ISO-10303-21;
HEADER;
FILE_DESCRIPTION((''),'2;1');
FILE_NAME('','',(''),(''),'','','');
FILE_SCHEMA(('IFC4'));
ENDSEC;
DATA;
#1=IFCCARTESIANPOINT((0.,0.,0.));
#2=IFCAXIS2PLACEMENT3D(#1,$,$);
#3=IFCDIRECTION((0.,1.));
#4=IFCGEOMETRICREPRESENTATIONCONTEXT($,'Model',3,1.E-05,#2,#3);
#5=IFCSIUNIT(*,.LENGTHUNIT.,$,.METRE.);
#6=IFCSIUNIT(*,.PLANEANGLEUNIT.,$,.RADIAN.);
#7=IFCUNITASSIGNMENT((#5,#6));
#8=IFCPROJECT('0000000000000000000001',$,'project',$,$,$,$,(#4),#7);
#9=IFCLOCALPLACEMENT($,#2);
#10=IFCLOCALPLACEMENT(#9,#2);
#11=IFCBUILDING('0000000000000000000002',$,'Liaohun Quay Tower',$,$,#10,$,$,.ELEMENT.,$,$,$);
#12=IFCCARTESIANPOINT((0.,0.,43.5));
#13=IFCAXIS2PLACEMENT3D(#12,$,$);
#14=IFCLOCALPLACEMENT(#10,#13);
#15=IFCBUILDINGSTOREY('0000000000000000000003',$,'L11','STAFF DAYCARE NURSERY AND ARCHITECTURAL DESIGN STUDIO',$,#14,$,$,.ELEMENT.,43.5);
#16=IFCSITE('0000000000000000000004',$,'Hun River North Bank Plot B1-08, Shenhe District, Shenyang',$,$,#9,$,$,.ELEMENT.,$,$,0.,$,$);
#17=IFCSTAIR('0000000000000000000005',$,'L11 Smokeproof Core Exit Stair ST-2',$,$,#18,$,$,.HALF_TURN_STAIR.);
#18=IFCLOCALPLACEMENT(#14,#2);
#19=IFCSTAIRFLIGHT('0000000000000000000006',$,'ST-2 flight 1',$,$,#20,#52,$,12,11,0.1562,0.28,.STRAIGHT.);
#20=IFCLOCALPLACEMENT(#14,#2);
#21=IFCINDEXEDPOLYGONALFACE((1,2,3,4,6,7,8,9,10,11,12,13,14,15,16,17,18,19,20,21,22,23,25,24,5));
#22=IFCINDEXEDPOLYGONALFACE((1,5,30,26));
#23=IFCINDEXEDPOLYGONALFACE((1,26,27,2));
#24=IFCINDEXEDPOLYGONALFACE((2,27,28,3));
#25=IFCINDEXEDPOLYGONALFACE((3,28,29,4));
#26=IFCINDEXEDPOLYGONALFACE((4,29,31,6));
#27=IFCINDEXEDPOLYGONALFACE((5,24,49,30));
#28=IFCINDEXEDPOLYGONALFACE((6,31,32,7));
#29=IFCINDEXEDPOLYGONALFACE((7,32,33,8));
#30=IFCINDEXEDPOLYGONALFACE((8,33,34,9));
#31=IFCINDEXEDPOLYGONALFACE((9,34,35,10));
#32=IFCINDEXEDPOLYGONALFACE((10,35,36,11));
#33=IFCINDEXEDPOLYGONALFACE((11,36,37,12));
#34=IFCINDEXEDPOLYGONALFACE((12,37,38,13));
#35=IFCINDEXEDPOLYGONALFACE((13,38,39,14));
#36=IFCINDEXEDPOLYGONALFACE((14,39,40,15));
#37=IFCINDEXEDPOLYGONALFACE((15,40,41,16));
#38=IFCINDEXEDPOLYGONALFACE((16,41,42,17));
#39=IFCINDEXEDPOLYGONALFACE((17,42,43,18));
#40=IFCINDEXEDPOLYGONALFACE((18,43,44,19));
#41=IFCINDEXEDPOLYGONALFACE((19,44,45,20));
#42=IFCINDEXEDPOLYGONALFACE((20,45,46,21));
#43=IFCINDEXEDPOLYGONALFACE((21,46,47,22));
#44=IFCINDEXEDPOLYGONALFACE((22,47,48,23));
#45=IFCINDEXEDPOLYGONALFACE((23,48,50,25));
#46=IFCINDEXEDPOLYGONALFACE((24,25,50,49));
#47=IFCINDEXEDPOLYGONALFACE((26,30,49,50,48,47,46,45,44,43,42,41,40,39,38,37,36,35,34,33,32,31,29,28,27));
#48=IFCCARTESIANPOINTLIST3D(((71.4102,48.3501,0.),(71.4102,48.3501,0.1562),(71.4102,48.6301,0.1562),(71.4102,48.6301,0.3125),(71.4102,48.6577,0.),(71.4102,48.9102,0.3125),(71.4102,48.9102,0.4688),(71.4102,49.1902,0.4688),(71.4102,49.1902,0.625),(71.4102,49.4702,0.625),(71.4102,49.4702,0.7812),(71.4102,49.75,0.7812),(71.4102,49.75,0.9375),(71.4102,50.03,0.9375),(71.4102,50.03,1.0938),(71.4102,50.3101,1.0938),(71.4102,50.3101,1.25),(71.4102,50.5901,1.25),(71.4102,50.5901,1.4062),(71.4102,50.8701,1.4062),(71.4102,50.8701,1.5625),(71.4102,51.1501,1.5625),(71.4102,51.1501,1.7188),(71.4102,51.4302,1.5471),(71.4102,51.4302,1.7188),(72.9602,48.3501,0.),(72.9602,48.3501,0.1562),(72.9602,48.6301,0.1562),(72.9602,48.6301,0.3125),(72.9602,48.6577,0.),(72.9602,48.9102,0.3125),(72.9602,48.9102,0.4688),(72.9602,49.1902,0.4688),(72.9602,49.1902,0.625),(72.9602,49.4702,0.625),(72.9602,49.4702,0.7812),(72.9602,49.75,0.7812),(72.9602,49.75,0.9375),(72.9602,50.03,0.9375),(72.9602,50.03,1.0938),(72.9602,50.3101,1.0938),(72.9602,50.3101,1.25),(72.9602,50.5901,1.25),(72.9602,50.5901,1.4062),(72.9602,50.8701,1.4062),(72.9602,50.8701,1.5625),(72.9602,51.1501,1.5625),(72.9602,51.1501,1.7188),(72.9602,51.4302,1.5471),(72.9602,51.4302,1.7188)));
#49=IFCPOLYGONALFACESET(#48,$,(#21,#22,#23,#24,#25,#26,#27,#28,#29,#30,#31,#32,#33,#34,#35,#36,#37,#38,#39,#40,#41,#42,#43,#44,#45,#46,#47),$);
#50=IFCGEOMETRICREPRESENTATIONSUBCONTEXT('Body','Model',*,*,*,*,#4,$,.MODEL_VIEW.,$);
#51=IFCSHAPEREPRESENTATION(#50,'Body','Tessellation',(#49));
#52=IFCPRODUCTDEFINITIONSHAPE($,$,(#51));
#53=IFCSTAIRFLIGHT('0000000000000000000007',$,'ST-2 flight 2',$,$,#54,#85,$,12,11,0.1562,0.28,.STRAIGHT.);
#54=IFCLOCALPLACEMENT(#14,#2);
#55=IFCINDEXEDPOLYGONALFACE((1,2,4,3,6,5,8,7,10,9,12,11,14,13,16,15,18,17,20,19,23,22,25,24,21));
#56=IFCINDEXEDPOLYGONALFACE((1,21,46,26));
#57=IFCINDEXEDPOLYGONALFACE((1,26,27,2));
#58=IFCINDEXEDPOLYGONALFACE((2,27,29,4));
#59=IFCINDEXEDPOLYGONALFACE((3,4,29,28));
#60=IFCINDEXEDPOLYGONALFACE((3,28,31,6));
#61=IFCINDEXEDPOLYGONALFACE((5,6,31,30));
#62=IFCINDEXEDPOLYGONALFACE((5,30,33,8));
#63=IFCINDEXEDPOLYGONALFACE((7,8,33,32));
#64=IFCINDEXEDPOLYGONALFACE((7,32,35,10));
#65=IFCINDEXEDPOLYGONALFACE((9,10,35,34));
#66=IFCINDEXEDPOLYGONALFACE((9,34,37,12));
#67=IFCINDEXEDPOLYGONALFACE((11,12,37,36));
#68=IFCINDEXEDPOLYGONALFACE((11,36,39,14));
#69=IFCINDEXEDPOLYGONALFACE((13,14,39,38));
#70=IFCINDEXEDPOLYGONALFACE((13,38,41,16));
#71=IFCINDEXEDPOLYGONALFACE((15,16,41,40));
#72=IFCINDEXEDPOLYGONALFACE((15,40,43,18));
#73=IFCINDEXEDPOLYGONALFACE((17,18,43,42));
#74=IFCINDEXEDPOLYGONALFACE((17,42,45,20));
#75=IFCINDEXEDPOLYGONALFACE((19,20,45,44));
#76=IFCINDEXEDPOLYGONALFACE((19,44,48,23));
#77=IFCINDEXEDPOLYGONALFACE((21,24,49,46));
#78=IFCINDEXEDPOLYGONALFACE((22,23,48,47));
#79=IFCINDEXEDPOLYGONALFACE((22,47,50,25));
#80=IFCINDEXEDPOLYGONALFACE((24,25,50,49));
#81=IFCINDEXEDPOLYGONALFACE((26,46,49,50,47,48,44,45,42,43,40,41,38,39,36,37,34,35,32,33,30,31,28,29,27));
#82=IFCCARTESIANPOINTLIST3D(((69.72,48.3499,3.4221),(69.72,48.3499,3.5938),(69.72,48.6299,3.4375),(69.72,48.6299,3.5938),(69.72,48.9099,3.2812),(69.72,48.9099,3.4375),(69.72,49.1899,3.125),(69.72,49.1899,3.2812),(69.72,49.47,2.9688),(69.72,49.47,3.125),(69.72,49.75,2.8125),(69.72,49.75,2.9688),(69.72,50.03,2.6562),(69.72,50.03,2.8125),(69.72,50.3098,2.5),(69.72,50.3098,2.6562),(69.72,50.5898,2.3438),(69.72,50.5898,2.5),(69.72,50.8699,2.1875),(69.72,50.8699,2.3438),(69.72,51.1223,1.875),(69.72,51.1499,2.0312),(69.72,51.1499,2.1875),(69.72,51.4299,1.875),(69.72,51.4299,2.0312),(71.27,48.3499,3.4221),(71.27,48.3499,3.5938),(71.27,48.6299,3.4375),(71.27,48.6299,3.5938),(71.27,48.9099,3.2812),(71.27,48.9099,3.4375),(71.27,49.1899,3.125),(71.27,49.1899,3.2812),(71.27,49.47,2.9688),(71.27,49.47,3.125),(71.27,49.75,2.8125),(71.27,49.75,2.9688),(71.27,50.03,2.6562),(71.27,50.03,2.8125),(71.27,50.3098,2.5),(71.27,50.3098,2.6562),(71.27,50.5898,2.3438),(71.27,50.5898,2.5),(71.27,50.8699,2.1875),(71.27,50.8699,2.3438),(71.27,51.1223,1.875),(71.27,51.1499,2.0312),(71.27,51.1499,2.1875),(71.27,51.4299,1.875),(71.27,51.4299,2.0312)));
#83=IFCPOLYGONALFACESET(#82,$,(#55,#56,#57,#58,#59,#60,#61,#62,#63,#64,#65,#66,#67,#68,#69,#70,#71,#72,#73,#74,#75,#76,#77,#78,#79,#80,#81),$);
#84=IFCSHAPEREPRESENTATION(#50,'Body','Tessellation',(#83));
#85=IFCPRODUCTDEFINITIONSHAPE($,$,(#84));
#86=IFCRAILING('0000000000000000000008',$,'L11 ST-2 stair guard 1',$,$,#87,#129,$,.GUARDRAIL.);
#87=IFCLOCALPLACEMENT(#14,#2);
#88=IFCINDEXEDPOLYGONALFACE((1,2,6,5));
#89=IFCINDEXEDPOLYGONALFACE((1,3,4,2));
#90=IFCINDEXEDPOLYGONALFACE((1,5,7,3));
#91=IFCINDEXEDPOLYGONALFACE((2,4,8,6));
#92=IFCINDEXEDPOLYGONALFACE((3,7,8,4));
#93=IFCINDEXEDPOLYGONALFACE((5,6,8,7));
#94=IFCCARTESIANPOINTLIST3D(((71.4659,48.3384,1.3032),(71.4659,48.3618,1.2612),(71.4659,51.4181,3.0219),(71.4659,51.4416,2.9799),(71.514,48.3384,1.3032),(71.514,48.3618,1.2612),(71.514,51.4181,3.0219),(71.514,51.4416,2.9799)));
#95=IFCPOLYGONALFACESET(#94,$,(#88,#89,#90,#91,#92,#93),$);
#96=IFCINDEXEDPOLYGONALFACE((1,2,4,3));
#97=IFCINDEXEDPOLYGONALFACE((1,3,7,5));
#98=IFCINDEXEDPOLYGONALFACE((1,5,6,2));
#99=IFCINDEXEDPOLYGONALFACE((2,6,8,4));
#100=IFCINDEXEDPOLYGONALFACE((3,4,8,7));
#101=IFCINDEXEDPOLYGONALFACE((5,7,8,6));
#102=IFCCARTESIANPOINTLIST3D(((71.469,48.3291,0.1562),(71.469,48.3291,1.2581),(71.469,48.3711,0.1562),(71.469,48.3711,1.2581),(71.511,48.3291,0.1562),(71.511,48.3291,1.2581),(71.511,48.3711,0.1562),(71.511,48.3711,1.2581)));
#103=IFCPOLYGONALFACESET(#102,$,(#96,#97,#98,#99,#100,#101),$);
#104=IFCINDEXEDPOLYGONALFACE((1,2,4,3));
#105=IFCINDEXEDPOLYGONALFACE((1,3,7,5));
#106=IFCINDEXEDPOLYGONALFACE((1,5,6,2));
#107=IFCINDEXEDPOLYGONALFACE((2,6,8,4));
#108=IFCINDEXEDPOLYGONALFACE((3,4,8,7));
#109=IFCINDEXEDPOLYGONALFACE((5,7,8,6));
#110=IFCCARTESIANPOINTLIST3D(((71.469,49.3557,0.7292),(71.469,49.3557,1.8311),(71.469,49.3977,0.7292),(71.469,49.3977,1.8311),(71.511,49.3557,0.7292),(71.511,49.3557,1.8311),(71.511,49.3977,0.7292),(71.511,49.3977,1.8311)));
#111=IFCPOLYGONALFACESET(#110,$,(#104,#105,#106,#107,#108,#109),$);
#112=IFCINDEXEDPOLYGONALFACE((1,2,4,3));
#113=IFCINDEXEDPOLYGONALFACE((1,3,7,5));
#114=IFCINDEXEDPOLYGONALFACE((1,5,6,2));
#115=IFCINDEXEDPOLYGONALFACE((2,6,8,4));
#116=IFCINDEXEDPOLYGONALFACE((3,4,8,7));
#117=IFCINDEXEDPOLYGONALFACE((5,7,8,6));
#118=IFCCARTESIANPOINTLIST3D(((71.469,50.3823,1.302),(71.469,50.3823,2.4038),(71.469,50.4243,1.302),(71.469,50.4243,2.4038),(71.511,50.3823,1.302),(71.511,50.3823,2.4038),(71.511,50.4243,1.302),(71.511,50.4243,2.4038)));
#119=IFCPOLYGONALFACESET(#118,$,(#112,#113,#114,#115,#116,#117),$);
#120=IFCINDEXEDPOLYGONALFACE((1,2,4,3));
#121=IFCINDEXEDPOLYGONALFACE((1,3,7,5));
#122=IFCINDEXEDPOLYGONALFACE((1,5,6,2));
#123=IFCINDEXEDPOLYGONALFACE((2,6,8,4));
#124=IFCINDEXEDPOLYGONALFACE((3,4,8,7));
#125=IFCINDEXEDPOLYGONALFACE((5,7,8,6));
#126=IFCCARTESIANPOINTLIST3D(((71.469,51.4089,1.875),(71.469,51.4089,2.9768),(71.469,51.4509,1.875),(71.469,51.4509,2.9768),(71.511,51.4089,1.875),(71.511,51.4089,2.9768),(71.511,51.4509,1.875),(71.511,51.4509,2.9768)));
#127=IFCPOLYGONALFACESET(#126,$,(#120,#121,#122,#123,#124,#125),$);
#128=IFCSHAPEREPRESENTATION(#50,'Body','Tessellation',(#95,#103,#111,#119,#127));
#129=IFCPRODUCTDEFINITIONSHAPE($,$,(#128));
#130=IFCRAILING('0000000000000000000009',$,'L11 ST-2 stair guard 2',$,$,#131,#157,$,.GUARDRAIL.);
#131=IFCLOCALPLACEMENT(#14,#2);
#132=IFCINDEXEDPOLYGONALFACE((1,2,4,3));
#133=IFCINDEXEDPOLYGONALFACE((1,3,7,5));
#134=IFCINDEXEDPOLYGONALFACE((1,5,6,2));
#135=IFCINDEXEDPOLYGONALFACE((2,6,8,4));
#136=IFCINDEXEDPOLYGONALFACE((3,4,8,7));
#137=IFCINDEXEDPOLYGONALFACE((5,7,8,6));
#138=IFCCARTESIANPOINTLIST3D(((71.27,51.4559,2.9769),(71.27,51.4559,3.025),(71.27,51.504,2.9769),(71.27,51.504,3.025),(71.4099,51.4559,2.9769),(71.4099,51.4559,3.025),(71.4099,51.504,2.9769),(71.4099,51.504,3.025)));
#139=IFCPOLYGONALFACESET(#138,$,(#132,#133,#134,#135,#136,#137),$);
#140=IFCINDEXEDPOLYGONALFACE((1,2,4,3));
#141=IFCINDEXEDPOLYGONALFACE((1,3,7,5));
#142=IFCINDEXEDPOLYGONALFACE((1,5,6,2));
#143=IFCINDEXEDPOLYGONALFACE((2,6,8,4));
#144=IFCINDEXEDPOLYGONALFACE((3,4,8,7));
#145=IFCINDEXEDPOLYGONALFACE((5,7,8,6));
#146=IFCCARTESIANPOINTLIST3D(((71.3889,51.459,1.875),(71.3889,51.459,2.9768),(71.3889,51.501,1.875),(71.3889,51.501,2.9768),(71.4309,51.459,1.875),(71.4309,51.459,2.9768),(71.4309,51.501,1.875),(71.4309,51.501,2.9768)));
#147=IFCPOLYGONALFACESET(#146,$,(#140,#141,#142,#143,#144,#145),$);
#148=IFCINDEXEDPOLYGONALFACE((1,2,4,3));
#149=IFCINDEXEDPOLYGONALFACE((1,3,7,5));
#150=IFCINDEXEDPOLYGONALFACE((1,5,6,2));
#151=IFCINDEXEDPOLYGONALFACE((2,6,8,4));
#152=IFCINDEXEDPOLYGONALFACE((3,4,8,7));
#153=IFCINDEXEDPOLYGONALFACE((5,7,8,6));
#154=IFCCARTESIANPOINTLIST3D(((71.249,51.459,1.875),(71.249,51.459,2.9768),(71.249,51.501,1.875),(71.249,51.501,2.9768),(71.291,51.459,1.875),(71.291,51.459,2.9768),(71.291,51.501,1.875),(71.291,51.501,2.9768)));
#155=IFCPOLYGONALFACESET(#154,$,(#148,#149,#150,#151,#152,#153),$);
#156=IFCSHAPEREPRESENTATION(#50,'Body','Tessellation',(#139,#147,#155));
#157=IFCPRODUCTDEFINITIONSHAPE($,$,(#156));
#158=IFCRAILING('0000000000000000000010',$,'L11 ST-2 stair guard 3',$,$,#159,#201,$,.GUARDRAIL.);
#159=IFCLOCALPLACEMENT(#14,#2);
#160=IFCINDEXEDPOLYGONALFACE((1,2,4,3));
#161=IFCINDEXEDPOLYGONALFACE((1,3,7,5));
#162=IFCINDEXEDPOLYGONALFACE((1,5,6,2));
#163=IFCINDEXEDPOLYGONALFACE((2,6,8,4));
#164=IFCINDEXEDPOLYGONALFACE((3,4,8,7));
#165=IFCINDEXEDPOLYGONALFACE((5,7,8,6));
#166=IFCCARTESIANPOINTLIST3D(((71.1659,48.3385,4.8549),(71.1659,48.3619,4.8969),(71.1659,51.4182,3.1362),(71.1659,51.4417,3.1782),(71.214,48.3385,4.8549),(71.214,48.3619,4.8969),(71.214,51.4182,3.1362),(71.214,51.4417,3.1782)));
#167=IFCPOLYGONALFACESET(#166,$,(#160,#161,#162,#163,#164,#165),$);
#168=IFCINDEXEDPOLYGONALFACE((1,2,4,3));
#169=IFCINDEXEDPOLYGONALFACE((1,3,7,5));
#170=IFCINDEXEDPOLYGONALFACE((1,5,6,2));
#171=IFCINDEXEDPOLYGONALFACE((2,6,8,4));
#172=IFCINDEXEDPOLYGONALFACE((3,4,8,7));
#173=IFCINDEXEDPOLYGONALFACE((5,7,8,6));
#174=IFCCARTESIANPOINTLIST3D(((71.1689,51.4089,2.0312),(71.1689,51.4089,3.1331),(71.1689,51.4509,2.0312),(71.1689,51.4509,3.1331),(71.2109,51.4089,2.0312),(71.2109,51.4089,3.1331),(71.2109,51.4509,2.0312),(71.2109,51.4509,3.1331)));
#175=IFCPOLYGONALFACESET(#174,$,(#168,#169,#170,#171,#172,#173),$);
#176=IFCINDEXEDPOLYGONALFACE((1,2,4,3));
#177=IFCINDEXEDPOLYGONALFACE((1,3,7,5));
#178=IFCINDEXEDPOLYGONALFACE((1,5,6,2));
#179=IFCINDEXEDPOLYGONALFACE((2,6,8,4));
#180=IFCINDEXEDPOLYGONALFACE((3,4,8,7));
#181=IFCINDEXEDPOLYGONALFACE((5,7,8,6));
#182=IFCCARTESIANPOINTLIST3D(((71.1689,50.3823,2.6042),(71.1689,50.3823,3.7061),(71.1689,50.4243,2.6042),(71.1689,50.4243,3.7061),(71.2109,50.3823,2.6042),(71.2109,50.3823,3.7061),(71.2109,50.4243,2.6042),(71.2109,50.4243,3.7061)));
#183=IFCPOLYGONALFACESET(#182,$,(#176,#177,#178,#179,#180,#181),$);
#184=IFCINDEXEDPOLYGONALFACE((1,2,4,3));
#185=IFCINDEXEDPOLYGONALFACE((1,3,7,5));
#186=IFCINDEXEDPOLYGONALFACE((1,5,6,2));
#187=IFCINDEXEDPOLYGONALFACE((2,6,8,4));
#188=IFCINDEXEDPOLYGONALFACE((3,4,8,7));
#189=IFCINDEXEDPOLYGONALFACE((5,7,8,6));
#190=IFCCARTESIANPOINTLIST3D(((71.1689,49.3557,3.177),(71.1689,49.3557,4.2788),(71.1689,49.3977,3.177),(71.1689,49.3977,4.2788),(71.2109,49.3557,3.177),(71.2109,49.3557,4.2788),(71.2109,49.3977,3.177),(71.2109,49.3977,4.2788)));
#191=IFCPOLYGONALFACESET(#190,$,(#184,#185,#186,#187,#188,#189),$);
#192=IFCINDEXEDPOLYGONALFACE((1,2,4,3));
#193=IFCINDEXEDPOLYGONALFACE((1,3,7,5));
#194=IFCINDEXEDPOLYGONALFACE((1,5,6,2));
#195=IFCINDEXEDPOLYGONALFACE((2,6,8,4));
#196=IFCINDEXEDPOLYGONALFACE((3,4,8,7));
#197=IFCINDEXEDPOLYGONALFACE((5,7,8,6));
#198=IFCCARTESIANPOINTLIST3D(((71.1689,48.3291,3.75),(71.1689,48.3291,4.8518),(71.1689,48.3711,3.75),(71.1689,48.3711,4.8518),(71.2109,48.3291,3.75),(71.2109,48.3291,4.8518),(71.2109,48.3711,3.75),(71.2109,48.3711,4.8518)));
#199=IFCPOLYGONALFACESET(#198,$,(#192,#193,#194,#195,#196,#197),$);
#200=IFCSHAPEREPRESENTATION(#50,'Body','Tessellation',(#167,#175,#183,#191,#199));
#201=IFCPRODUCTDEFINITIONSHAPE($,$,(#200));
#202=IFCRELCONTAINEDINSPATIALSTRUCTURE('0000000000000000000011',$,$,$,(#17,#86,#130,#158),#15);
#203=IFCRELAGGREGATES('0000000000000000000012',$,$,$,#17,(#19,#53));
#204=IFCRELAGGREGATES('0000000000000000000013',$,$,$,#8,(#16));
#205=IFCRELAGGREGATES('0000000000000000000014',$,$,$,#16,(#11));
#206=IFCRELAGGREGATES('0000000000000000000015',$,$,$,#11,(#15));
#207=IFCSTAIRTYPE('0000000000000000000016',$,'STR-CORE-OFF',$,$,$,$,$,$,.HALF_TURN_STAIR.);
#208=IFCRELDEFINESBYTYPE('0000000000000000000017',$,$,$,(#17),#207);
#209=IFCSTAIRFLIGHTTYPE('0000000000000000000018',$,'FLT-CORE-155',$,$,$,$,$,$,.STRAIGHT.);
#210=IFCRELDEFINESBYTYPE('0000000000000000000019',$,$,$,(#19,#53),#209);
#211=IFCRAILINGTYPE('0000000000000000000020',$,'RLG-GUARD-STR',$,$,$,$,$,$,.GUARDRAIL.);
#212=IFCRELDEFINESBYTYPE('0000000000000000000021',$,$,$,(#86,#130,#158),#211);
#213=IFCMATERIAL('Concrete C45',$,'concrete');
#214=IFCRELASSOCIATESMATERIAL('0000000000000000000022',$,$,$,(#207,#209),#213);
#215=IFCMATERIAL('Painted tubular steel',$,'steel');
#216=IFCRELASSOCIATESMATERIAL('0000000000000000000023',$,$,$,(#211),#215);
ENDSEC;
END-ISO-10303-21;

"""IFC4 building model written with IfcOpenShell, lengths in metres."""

from ifc_helpers import new_model, si_unit, direction, frame, origin, origin_2d, place, context, subcontext, project, spatial, polyline, rectangle, outline, extrude, material, type_object, element, aggregate, save


model = new_model("IFC4")

# Units and contexts
model_context = context("Model", 3, precision=1e-05, world=origin(), true_north=direction((0.0, 1.0)))
body_context = subcontext(model_context, "Body", "Model", "MODEL_VIEW")
ifc_project = project(units=[si_unit("LENGTHUNIT", "METRE"), si_unit("PLANEANGLEUNIT", "RADIAN")], contexts=[model_context])

# Site, building, storey
site_placement = place(None, origin())
site = spatial("IfcSite", under=ifc_project, at=site_placement, Name="Hun River North Bank Plot B1-08, Shenhe District, Shenyang", CompositionType="ELEMENT", RefElevation=0.0)
building_placement = place(site_placement, origin())
building = spatial("IfcBuilding", under=site, at=building_placement, Name="Liaohun Quay Tower", CompositionType="ELEMENT")
storey_placement = place(building_placement, frame((0.0, 0.0, 43.5)))
storey = spatial("IfcBuildingStorey", under=building, at=storey_placement, Name="L11", Description="STAFF DAYCARE NURSERY AND ARCHITECTURAL DESIGN STUDIO", CompositionType="ELEMENT", Elevation=43.5)

# Stair, stair flights
ifc_material_1 = material(Name="Concrete C45", Category="concrete")
stair_type = type_object("IfcStairType", Name="STR-CORE-OFF", PredefinedType="HALF_TURN_STAIR", material=ifc_material_1)
stair_placement = place(storey_placement, origin())
stair = element("IfcStair", 1, at=stair_placement, inside=storey, type_object=stair_type, Name="L11 Smokeproof Core Exit Stair ST-2", PredefinedType="HALF_TURN_STAIR")
stair_flight_type = type_object("IfcStairFlightType", Name="FLT-CORE-155", PredefinedType="STRAIGHT", material=ifc_material_1)
stair_flight_1_placement = place(storey_placement, frame((72.1851, 48.3501, 0.0), z_axis=(0.0, 0.0, 1.0), x_axis=(0.0, 1.0, 0.0)))
stair_flight_1 = element("IfcStairFlight", 2, at=stair_flight_1_placement, type_object=stair_flight_type, Name="ST-2 flight 1", NumberOfRisers=12, NumberOfTreads=11, PredefinedType="STRAIGHT", RiserHeight=0.1562, TreadLength=0.28, context=body_context, shape_type="SweptSolid", body=[
    extrude(outline(polyline([(0.0, 0.0), (0.0, 0.1562), (0.28, 0.1562), (0.28, 0.3125), (0.5601, 0.3125), (0.5601, 0.4688), (0.8401, 0.4688), (0.8401, 0.625), (1.1201, 0.625), (1.1201, 0.7812), (1.3999, 0.7812), (1.3999, 0.9375), (1.6799, 0.9375), (1.6799, 1.0938), (1.96, 1.0938), (1.96, 1.25), (2.24, 1.25), (2.24, 1.4062), (2.52, 1.4062), (2.52, 1.5625), (2.8, 1.5625), (2.8, 1.7188), (3.0801, 1.7188), (3.0801, 1.875), (3.0801, 1.5471), (0.3076, 0.0), (0.0, 0.0)])), frame((0.0, 0.7749, 0.0), z_axis=(0.0, -1.0, 0.0), x_axis=(1.0, 0.0, 0.0)), (0.0, 0.0, 1.0), 1.55),
])
stair_flight_2_placement = place(storey_placement, frame((70.4951, 51.4299, 1.875), z_axis=(0.0, 0.0, 1.0), x_axis=(0.0, -1.0, 0.0)))
stair_flight_2 = element("IfcStairFlight", 3, at=stair_flight_2_placement, type_object=stair_flight_type, Name="ST-2 flight 2", NumberOfRisers=12, NumberOfTreads=11, PredefinedType="STRAIGHT", RiserHeight=0.1562, TreadLength=0.28, context=body_context, shape_type="SweptSolid", body=[
    extrude(outline(polyline([(0.0, 0.0), (0.0, 0.1562), (0.28, 0.1562), (0.28, 0.3125), (0.5601, 0.3125), (0.5601, 0.4688), (0.8401, 0.4688), (0.8401, 0.625), (1.1201, 0.625), (1.1201, 0.7812), (1.3999, 0.7812), (1.3999, 0.9375), (1.6799, 0.9375), (1.6799, 1.0938), (1.96, 1.0938), (1.96, 1.25), (2.24, 1.25), (2.24, 1.4062), (2.52, 1.4062), (2.52, 1.5625), (2.8, 1.5625), (2.8, 1.7188), (3.0801, 1.7188), (3.0801, 1.875), (3.0801, 1.5471), (0.3076, 0.0), (0.0, 0.0)])), frame((0.0, 0.7749, 0.0), z_axis=(0.0, -1.0, 0.0), x_axis=(1.0, 0.0, 0.0)), (0.0, 0.0, 1.0), 1.55),
])
aggregate(stair, [stair_flight_1, stair_flight_2])

# Railings
ifc_material_2 = material(Name="Painted tubular steel", Category="steel")
railing_type_1 = type_object("IfcRailingType", Name="RLG-GUARD-STR", PredefinedType="GUARDRAIL", material=ifc_material_2)
railing_1_placement = place(storey_placement, frame((71.49, 48.3501, 0.1562)))
element("IfcRailing", 4, at=railing_1_placement, inside=storey, type_object=railing_type_1, Name="L11 ST-2 stair guard 1", PredefinedType="GUARDRAIL", context=body_context, shape_type="SweptSolid", body=[
    extrude(rectangle(XDim=0.0481, YDim=0.0481, at=origin_2d()), frame((0.0, 0.0, 1.126), z_axis=(0.0, 0.873225, 0.487317), x_axis=(-1.0, 0.0, 0.0)), (0.0, 0.0, 1.0), 3.5269),
    extrude(rectangle(XDim=0.042, YDim=0.042, at=origin_2d()), origin(), (0.0, 0.0, 1.0), 1.1018),
    extrude(rectangle(XDim=0.042, YDim=0.042, at=origin_2d()), frame((0.0, 1.0266, 0.573)), (0.0, 0.0, 1.0), 1.1018),
    extrude(rectangle(XDim=0.042, YDim=0.042, at=origin_2d()), frame((0.0, 2.0532, 1.1458)), (0.0, 0.0, 1.0), 1.1018),
    extrude(rectangle(XDim=0.042, YDim=0.042, at=origin_2d()), frame((0.0, 3.0798, 1.7188)), (0.0, 0.0, 1.0), 1.1018),
])
railing_2_placement = place(storey_placement, frame((71.4099, 51.48, 1.875)))
element("IfcRailing", 5, at=railing_2_placement, inside=storey, type_object=railing_type_1, Name="L11 ST-2 stair guard 2", PredefinedType="GUARDRAIL", context=body_context, shape_type="SweptSolid", body=[
    extrude(rectangle(XDim=0.0481, YDim=0.0481, at=origin_2d()), frame((0.0, 0.0, 1.126), z_axis=(-1.0, 0.0, 0.0), x_axis=(0.0, -1.0, 0.0)), (0.0, 0.0, 1.0), 0.1399),
    extrude(rectangle(XDim=0.042, YDim=0.042, at=origin_2d()), origin(), (0.0, 0.0, 1.0), 1.1018),
    extrude(rectangle(XDim=0.042, YDim=0.042, at=origin_2d()), frame((-0.1399, 0.0, 0.0)), (0.0, 0.0, 1.0), 1.1018),
])
railing_3_placement = place(storey_placement, frame((71.1899, 51.4299, 2.0312)))
element("IfcRailing", 6, at=railing_3_placement, inside=storey, type_object=railing_type_1, Name="L11 ST-2 stair guard 3", PredefinedType="GUARDRAIL", context=body_context, shape_type="SweptSolid", body=[
    extrude(rectangle(XDim=0.0481, YDim=0.0481, at=origin_2d()), frame((0.0, 0.0, 1.126), z_axis=(0.0, -0.873225, 0.487317), x_axis=(1.0, 0.0, 0.0)), (0.0, 0.0, 1.0), 3.5269),
    extrude(rectangle(XDim=0.042, YDim=0.042, at=origin_2d()), origin(), (0.0, 0.0, 1.0), 1.1018),
    extrude(rectangle(XDim=0.042, YDim=0.042, at=origin_2d()), frame((0.0, -1.0266, 0.573)), (0.0, 0.0, 1.0), 1.1018),
    extrude(rectangle(XDim=0.042, YDim=0.042, at=origin_2d()), frame((0.0, -2.0532, 1.1458)), (0.0, 0.0, 1.0), 1.1018),
    extrude(rectangle(XDim=0.042, YDim=0.042, at=origin_2d()), frame((0.0, -3.0798, 1.7188)), (0.0, 0.0, 1.0), 1.1018),
])

save(model, "model.ifc")
